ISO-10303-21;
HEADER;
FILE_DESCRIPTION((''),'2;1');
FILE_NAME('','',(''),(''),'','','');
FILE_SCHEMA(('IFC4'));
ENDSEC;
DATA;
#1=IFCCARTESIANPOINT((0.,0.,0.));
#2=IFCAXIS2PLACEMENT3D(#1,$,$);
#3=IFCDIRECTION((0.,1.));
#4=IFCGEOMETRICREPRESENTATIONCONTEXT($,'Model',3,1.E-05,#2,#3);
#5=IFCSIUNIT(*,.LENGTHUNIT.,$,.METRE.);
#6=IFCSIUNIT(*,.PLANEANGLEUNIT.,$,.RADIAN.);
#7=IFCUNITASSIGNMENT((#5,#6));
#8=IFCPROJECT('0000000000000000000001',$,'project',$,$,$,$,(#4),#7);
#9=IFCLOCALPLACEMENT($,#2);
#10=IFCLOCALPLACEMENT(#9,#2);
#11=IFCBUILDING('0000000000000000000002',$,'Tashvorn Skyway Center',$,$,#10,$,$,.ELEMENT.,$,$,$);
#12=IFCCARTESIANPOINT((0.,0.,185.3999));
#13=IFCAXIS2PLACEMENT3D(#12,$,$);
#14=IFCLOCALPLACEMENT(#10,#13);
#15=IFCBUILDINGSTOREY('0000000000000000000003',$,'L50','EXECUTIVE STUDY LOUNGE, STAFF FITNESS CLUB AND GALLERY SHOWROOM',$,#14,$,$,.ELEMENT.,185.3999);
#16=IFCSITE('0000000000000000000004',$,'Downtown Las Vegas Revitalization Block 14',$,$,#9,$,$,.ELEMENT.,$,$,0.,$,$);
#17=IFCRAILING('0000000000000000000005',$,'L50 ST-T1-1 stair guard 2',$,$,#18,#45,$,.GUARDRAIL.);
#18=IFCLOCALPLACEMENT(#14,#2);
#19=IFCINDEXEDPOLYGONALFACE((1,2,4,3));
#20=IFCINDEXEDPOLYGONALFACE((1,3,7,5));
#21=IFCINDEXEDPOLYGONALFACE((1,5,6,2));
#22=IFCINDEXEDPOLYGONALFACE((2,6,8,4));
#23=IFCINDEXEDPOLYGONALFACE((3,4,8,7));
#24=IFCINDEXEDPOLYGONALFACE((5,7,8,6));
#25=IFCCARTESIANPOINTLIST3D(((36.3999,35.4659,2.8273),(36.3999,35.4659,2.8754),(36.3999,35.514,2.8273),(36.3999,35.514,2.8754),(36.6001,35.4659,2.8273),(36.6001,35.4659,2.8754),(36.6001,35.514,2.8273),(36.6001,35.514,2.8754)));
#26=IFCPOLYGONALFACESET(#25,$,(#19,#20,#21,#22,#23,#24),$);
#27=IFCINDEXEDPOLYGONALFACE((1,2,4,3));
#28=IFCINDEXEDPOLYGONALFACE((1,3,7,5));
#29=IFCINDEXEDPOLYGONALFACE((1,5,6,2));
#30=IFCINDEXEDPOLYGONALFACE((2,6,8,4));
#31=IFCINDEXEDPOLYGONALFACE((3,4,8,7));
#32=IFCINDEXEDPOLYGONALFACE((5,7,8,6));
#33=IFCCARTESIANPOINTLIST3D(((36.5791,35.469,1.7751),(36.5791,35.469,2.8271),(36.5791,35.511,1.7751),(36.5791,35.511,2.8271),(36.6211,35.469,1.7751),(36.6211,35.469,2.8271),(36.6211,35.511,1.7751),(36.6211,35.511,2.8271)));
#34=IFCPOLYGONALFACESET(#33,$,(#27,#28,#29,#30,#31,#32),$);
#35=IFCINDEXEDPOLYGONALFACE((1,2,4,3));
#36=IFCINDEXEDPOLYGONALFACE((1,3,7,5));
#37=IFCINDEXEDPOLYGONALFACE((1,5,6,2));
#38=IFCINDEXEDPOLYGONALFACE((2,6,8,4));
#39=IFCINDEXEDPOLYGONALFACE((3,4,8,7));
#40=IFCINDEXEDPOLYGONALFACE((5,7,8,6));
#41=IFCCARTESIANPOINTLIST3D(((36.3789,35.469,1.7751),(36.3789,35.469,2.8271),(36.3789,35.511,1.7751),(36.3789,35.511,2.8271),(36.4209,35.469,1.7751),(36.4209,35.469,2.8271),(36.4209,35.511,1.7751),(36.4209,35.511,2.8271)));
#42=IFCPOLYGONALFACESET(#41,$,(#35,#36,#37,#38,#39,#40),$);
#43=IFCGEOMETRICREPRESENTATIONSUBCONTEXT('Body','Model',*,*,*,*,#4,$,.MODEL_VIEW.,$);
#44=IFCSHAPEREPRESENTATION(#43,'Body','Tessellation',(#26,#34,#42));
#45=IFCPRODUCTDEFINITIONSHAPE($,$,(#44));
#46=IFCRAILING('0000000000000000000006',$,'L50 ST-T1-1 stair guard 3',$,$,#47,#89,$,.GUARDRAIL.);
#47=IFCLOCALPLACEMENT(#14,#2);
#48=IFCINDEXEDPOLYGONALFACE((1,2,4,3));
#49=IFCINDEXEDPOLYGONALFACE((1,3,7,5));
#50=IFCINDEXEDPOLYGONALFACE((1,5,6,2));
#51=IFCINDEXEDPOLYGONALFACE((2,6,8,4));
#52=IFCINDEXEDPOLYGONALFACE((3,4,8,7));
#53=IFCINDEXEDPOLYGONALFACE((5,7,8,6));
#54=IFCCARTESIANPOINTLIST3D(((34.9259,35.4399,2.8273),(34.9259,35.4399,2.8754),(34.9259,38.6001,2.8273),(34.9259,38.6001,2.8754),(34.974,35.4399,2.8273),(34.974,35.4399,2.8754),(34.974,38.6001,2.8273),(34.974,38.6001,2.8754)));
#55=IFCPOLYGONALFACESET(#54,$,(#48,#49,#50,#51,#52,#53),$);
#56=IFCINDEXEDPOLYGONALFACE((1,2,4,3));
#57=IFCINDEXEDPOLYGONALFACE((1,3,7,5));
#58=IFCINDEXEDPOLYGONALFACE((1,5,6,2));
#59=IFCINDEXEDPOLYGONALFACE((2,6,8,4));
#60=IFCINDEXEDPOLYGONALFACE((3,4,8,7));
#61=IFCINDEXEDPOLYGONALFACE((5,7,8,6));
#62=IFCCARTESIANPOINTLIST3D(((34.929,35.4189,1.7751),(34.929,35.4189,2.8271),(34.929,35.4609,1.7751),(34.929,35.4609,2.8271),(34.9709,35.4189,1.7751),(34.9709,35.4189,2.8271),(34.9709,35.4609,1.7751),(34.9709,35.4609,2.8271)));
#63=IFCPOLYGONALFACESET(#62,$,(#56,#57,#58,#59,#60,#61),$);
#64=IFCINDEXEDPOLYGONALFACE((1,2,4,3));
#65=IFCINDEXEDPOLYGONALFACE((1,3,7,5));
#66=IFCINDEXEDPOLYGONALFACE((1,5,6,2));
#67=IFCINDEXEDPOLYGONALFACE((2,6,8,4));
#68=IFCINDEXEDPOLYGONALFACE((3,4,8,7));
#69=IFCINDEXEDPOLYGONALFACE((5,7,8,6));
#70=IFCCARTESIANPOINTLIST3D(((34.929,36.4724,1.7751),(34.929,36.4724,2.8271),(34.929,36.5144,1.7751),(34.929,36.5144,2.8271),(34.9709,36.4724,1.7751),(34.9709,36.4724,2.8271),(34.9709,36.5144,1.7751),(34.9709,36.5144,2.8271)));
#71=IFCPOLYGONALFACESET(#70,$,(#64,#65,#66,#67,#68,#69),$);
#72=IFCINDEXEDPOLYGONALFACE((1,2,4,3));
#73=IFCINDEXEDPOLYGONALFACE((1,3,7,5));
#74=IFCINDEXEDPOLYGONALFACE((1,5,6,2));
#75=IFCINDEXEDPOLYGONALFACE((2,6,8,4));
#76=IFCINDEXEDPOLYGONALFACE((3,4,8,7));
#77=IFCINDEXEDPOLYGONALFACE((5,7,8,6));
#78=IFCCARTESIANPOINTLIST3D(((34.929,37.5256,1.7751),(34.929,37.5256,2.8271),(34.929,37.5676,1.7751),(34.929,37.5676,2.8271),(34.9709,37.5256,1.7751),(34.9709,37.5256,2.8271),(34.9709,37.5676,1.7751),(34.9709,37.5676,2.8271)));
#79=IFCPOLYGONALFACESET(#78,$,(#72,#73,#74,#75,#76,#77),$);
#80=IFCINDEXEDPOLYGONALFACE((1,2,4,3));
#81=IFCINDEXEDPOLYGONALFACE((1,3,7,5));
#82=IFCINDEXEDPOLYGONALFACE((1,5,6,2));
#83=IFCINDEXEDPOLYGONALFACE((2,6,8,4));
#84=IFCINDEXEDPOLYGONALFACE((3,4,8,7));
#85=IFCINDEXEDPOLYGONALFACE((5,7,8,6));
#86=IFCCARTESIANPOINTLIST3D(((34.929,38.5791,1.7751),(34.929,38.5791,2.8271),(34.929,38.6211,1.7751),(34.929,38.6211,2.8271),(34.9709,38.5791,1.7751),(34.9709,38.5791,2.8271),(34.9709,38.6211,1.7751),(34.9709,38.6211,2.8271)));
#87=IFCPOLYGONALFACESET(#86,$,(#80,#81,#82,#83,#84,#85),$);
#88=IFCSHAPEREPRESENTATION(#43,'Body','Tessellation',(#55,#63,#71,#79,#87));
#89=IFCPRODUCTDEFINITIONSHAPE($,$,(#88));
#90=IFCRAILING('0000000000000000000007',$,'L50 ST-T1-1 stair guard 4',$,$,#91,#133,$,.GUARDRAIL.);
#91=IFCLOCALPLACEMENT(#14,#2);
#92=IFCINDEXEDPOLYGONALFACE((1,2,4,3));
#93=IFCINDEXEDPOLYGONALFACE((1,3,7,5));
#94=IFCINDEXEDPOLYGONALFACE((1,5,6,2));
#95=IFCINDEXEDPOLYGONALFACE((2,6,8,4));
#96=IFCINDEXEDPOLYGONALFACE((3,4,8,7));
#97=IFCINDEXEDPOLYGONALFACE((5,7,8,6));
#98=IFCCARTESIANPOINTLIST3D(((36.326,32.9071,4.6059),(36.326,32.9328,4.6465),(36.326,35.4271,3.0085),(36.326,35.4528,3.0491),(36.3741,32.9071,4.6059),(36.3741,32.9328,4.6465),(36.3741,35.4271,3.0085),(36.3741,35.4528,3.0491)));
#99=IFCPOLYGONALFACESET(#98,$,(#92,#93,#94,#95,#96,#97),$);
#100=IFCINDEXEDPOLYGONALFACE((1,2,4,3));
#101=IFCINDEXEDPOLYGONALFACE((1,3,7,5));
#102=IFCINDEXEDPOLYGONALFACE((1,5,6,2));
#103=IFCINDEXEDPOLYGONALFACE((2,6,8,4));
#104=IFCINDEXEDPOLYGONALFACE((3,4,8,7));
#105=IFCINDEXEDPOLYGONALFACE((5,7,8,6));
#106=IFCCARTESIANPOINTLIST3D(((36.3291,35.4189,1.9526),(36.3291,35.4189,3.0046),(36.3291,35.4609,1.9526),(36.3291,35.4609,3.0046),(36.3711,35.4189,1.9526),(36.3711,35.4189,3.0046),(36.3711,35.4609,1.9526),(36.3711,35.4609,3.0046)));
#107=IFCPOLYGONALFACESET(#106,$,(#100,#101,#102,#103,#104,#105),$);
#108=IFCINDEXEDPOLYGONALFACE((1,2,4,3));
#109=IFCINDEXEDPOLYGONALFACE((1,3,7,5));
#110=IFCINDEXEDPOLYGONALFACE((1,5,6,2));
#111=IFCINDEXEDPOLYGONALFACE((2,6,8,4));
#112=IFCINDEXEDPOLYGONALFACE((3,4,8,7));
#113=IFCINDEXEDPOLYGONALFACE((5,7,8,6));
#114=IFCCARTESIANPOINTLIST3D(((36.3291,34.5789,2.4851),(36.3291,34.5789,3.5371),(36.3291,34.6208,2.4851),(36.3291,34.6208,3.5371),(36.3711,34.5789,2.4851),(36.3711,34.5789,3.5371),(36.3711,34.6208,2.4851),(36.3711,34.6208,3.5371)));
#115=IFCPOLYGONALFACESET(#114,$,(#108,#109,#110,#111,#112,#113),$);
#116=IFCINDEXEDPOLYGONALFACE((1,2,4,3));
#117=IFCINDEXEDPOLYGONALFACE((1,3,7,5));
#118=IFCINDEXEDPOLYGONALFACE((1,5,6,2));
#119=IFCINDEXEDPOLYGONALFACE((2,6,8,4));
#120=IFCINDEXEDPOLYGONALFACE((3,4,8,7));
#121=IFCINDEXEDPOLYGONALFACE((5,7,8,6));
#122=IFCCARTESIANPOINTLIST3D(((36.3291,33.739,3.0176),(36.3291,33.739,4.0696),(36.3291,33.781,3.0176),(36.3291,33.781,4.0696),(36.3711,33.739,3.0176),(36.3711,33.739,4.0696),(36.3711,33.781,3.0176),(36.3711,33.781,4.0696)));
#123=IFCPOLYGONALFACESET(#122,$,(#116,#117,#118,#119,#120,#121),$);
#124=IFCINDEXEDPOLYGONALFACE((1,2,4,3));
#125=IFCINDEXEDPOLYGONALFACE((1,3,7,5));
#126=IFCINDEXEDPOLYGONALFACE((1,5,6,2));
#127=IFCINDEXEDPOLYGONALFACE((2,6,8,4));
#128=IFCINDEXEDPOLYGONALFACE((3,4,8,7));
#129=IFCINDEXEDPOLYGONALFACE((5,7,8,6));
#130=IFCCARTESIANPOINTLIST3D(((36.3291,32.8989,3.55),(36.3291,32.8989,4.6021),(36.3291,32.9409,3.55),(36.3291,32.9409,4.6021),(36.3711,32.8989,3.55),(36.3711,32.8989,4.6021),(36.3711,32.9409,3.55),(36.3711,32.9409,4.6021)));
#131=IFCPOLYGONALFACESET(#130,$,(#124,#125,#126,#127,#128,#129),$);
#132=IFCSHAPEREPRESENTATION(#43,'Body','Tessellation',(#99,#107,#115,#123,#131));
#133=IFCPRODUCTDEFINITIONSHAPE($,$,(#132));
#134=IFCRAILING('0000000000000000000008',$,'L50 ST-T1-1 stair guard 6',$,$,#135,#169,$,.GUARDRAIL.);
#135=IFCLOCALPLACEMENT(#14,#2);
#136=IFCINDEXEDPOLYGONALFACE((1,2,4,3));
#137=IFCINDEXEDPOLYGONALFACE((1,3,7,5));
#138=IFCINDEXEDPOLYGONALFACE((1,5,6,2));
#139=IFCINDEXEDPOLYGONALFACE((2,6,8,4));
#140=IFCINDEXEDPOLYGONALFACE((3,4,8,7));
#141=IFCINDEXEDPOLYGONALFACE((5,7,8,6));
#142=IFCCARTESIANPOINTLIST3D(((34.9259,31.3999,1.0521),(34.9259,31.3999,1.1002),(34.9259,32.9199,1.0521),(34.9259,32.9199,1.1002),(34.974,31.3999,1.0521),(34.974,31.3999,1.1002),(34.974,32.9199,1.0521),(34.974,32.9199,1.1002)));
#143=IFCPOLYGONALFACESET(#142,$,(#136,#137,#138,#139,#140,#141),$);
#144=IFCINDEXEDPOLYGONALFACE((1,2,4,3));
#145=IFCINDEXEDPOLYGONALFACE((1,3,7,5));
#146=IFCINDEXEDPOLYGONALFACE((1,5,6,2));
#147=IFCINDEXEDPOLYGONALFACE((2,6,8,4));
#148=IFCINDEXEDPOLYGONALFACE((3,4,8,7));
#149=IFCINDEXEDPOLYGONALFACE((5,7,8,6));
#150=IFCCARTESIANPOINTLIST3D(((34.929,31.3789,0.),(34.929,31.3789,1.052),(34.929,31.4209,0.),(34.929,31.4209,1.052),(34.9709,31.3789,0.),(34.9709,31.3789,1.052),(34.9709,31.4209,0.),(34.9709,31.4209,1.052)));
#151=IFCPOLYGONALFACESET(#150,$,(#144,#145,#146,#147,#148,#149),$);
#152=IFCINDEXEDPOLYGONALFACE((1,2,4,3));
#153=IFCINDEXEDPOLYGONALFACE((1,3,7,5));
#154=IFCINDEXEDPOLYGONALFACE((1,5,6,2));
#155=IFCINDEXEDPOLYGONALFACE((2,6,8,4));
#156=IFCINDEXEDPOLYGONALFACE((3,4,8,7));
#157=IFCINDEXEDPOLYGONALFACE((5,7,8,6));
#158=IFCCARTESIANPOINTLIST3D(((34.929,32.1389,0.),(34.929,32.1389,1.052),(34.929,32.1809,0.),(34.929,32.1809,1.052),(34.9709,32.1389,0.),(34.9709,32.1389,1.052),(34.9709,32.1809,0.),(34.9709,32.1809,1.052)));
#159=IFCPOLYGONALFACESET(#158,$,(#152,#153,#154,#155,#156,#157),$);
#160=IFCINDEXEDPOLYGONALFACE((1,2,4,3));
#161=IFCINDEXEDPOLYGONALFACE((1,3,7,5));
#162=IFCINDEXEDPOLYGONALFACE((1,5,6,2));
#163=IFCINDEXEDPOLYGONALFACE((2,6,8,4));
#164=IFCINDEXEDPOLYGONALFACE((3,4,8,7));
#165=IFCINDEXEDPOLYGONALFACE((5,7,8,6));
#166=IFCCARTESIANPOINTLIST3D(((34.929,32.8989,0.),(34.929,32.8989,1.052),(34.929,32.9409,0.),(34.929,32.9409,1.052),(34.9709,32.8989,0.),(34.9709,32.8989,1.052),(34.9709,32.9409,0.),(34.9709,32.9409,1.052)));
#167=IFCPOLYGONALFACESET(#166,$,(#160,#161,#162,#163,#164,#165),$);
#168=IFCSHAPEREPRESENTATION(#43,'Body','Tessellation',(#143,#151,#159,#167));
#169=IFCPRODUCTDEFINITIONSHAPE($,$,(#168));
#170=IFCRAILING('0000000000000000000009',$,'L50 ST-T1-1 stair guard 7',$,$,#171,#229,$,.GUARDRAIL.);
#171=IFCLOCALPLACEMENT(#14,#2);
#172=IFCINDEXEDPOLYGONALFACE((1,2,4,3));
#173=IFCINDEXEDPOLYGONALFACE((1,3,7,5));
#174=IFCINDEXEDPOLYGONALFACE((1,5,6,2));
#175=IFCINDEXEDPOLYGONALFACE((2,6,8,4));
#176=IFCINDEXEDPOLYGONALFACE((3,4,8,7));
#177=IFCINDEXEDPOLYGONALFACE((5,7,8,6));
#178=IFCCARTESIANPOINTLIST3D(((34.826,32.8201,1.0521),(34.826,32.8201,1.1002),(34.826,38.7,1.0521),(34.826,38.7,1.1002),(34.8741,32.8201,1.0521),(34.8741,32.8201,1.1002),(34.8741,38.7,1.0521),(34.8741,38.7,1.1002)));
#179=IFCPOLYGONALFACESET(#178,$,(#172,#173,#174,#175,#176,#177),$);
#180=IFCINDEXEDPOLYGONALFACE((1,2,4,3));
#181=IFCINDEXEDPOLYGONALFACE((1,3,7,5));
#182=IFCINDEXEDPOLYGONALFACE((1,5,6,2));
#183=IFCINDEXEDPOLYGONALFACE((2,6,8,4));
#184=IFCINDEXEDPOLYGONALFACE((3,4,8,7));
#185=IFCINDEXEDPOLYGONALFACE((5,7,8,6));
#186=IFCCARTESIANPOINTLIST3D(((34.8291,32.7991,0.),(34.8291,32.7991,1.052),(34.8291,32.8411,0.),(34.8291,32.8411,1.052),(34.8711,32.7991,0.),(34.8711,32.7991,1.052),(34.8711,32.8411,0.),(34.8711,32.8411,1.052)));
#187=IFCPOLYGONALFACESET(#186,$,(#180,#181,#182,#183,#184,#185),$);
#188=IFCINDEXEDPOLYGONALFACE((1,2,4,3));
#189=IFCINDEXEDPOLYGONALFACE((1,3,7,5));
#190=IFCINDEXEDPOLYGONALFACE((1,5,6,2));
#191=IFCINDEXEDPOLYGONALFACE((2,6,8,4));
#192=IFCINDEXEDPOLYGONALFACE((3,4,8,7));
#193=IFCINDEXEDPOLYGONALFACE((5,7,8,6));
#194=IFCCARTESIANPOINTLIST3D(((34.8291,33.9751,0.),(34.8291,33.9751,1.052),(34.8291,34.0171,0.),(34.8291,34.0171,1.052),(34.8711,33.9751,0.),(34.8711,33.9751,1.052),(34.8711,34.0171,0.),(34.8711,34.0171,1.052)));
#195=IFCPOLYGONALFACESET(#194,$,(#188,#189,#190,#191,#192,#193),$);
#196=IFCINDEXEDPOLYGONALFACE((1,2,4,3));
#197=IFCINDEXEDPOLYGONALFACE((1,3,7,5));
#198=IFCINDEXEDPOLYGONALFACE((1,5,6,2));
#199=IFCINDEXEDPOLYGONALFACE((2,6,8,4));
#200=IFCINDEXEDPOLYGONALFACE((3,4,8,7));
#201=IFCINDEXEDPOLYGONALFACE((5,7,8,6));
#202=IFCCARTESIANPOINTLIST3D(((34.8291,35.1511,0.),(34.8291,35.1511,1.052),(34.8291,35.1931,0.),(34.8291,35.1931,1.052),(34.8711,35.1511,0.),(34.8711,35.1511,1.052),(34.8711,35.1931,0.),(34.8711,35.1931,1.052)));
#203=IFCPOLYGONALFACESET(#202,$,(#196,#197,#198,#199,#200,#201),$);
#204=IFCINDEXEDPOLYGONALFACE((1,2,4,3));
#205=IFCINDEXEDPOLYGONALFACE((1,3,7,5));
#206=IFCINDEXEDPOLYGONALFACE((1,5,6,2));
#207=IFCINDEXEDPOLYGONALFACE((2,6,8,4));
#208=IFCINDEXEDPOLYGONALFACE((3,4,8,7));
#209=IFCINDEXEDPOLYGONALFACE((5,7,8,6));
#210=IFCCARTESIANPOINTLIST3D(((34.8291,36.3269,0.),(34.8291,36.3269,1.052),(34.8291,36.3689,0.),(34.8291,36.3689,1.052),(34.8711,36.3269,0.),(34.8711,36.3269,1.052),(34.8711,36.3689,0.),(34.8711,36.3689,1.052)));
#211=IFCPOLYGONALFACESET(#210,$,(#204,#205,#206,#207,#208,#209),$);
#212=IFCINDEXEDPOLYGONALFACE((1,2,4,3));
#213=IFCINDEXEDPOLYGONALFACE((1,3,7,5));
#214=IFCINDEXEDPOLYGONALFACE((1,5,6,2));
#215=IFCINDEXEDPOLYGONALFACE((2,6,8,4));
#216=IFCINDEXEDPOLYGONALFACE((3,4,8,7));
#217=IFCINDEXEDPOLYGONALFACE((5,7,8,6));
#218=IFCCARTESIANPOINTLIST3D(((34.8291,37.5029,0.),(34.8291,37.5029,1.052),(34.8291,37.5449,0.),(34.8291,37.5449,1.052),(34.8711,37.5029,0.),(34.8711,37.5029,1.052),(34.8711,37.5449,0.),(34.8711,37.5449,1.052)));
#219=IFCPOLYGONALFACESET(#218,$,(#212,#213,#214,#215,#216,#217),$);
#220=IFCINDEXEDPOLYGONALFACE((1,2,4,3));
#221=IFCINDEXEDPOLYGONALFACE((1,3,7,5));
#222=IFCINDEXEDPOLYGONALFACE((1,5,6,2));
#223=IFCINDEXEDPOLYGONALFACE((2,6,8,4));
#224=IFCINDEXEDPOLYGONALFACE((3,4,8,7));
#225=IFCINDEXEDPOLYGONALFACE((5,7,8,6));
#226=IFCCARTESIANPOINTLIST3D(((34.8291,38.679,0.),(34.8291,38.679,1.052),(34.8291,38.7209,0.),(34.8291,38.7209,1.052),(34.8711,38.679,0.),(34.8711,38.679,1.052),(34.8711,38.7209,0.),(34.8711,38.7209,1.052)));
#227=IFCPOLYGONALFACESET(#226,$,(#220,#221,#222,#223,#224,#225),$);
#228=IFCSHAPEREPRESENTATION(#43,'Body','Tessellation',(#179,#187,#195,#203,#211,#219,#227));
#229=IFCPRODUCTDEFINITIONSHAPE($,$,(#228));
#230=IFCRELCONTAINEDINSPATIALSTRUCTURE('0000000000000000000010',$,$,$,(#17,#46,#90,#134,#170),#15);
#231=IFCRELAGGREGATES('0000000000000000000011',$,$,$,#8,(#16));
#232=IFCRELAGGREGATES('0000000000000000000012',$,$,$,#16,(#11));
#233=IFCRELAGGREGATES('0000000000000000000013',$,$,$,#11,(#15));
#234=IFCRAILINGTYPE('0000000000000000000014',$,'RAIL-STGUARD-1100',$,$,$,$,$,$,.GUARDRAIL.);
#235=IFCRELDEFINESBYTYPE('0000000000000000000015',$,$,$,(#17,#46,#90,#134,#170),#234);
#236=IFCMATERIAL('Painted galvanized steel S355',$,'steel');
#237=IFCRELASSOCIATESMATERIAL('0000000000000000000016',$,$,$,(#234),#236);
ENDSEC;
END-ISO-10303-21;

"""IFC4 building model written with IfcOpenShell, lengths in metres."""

from ifc_helpers import new_model, si_unit, direction, frame, origin, origin_2d, place, context, subcontext, project, spatial, rectangle, extrude, material, type_object, element, save


model = new_model("IFC4")

# Units and contexts
model_context = context("Model", 3, precision=1e-05, world=origin(), true_north=direction((0.0, 1.0)))
body_context = subcontext(model_context, "Body", "Model", "MODEL_VIEW")
ifc_project = project(units=[si_unit("LENGTHUNIT", "METRE"), si_unit("PLANEANGLEUNIT", "RADIAN")], contexts=[model_context])

# Site, building, storey
site_placement = place(None, origin())
site = spatial("IfcSite", under=ifc_project, at=site_placement, Name="Downtown Las Vegas Revitalization Block 14", CompositionType="ELEMENT", RefElevation=0.0)
building_placement = place(site_placement, origin())
building = spatial("IfcBuilding", under=site, at=building_placement, Name="Tashvorn Skyway Center", CompositionType="ELEMENT")
storey_placement = place(building_placement, frame((0.0, 0.0, 185.3999)))
storey = spatial("IfcBuildingStorey", under=building, at=storey_placement, Name="L50", Description="EXECUTIVE STUDY LOUNGE, STAFF FITNESS CLUB AND GALLERY SHOWROOM", CompositionType="ELEMENT", Elevation=185.3999)

# Railings
ifc_material_1 = material(Name="Painted galvanized steel S355", Category="steel")
railing_type_1 = type_object("IfcRailingType", Name="RAIL-STGUARD-1100", PredefinedType="GUARDRAIL", material=ifc_material_1)
railing_1_placement = place(storey_placement, frame((36.6001, 35.49, 1.7751)))
element("IfcRailing", 1, at=railing_1_placement, inside=storey, type_object=railing_type_1, Name="L50 ST-T1-1 stair guard 2", PredefinedType="GUARDRAIL", context=body_context, shape_type="SweptSolid", body=[
    extrude(rectangle(XDim=0.0481, YDim=0.0481, at=origin_2d()), frame((0.0, 0.0, 1.0762), z_axis=(-1.0, 0.0, 0.0), x_axis=(0.0, -1.0, 0.0)), (0.0, 0.0, 1.0), 0.2002),
    extrude(rectangle(XDim=0.042, YDim=0.042, at=origin_2d()), origin(), (0.0, 0.0, 1.0), 1.052),
    extrude(rectangle(XDim=0.042, YDim=0.042, at=origin_2d()), frame((-0.2002, 0.0, 0.0)), (0.0, 0.0, 1.0), 1.052),
])
railing_2_placement = place(storey_placement, frame((34.95, 35.4399, 1.7751)))
element("IfcRailing", 2, at=railing_2_placement, inside=storey, type_object=railing_type_1, Name="L50 ST-T1-1 stair guard 3", PredefinedType="GUARDRAIL", context=body_context, shape_type="SweptSolid", body=[
    extrude(rectangle(XDim=0.0481, YDim=0.0481, at=origin_2d()), frame((0.0, 0.0, 1.0762), z_axis=(0.0, 1.0, 0.0), x_axis=(-1.0, 0.0, 0.0)), (0.0, 0.0, 1.0), 3.1602),
    extrude(rectangle(XDim=0.042, YDim=0.042, at=origin_2d()), origin(), (0.0, 0.0, 1.0), 1.052),
    extrude(rectangle(XDim=0.042, YDim=0.042, at=origin_2d()), frame((0.0, 1.0535, 0.0)), (0.0, 0.0, 1.0), 1.052),
    extrude(rectangle(XDim=0.042, YDim=0.042, at=origin_2d()), frame((0.0, 2.1067, 0.0)), (0.0, 0.0, 1.0), 1.052),
    extrude(rectangle(XDim=0.042, YDim=0.042, at=origin_2d()), frame((0.0, 3.1602, 0.0)), (0.0, 0.0, 1.0), 1.052),
])
railing_3_placement = place(storey_placement, frame((36.3501, 35.4399, 1.9526)))
element("IfcRailing", 3, at=railing_3_placement, inside=storey, type_object=railing_type_1, Name="L50 ST-T1-1 stair guard 4", PredefinedType="GUARDRAIL", context=body_context, shape_type="SweptSolid", body=[
    extrude(rectangle(XDim=0.0481, YDim=0.0481, at=origin_2d()), frame((0.0, 0.0, 1.0762), z_axis=(0.0, -0.844607, 0.535387), x_axis=(1.0, 0.0, 0.0)), (0.0, 0.0, 1.0), 2.9836),
    extrude(rectangle(XDim=0.042, YDim=0.042, at=origin_2d()), origin(), (0.0, 0.0, 1.0), 1.052),
    extrude(rectangle(XDim=0.042, YDim=0.042, at=origin_2d()), frame((0.0, -0.8401, 0.5325)), (0.0, 0.0, 1.0), 1.052),
    extrude(rectangle(XDim=0.042, YDim=0.042, at=origin_2d()), frame((0.0, -1.6799, 1.0649)), (0.0, 0.0, 1.0), 1.052),
    extrude(rectangle(XDim=0.042, YDim=0.042, at=origin_2d()), frame((0.0, -2.52, 1.5974)), (0.0, 0.0, 1.0), 1.052),
])
railing_4_placement = place(storey_placement, frame((34.95, 31.3999, 0.0)))
element("IfcRailing", 4, at=railing_4_placement, inside=storey, type_object=railing_type_1, Name="L50 ST-T1-1 stair guard 6", PredefinedType="GUARDRAIL", context=body_context, shape_type="SweptSolid", body=[
    extrude(rectangle(XDim=0.0481, YDim=0.0481, at=origin_2d()), frame((0.0, 0.0, 1.0762), z_axis=(0.0, 1.0, 0.0), x_axis=(-1.0, 0.0, 0.0)), (0.0, 0.0, 1.0), 1.52),
    extrude(rectangle(XDim=0.042, YDim=0.042, at=origin_2d()), origin(), (0.0, 0.0, 1.0), 1.052),
    extrude(rectangle(XDim=0.042, YDim=0.042, at=origin_2d()), frame((0.0, 0.76, 0.0)), (0.0, 0.0, 1.0), 1.052),
    extrude(rectangle(XDim=0.042, YDim=0.042, at=origin_2d()), frame((0.0, 1.52, 0.0)), (0.0, 0.0, 1.0), 1.052),
])
railing_5_placement = place(storey_placement, frame((34.8501, 32.8201, 0.0)))
element("IfcRailing", 5, at=railing_5_placement, inside=storey, type_object=railing_type_1, Name="L50 ST-T1-1 stair guard 7", PredefinedType="GUARDRAIL", context=body_context, shape_type="SweptSolid", body=[
    extrude(rectangle(XDim=0.0481, YDim=0.0481, at=origin_2d()), frame((0.0, 0.0, 1.0762), z_axis=(0.0, 1.0, 0.0), x_axis=(-1.0, 0.0, 0.0)), (0.0, 0.0, 1.0), 5.8799),
    extrude(rectangle(XDim=0.042, YDim=0.042, at=origin_2d()), origin(), (0.0, 0.0, 1.0), 1.052),
    extrude(rectangle(XDim=0.042, YDim=0.042, at=origin_2d()), frame((0.0, 1.176, 0.0)), (0.0, 0.0, 1.0), 1.052),
    extrude(rectangle(XDim=0.042, YDim=0.042, at=origin_2d()), frame((0.0, 2.3521, 0.0)), (0.0, 0.0, 1.0), 1.052),
    extrude(rectangle(XDim=0.042, YDim=0.042, at=origin_2d()), frame((0.0, 3.5278, 0.0)), (0.0, 0.0, 1.0), 1.052),
    extrude(rectangle(XDim=0.042, YDim=0.042, at=origin_2d()), frame((0.0, 4.7039, 0.0)), (0.0, 0.0, 1.0), 1.052),
    extrude(rectangle(XDim=0.042, YDim=0.042, at=origin_2d()), frame((0.0, 5.8799, 0.0)), (0.0, 0.0, 1.0), 1.052),
])

save(model, "model.ifc")
